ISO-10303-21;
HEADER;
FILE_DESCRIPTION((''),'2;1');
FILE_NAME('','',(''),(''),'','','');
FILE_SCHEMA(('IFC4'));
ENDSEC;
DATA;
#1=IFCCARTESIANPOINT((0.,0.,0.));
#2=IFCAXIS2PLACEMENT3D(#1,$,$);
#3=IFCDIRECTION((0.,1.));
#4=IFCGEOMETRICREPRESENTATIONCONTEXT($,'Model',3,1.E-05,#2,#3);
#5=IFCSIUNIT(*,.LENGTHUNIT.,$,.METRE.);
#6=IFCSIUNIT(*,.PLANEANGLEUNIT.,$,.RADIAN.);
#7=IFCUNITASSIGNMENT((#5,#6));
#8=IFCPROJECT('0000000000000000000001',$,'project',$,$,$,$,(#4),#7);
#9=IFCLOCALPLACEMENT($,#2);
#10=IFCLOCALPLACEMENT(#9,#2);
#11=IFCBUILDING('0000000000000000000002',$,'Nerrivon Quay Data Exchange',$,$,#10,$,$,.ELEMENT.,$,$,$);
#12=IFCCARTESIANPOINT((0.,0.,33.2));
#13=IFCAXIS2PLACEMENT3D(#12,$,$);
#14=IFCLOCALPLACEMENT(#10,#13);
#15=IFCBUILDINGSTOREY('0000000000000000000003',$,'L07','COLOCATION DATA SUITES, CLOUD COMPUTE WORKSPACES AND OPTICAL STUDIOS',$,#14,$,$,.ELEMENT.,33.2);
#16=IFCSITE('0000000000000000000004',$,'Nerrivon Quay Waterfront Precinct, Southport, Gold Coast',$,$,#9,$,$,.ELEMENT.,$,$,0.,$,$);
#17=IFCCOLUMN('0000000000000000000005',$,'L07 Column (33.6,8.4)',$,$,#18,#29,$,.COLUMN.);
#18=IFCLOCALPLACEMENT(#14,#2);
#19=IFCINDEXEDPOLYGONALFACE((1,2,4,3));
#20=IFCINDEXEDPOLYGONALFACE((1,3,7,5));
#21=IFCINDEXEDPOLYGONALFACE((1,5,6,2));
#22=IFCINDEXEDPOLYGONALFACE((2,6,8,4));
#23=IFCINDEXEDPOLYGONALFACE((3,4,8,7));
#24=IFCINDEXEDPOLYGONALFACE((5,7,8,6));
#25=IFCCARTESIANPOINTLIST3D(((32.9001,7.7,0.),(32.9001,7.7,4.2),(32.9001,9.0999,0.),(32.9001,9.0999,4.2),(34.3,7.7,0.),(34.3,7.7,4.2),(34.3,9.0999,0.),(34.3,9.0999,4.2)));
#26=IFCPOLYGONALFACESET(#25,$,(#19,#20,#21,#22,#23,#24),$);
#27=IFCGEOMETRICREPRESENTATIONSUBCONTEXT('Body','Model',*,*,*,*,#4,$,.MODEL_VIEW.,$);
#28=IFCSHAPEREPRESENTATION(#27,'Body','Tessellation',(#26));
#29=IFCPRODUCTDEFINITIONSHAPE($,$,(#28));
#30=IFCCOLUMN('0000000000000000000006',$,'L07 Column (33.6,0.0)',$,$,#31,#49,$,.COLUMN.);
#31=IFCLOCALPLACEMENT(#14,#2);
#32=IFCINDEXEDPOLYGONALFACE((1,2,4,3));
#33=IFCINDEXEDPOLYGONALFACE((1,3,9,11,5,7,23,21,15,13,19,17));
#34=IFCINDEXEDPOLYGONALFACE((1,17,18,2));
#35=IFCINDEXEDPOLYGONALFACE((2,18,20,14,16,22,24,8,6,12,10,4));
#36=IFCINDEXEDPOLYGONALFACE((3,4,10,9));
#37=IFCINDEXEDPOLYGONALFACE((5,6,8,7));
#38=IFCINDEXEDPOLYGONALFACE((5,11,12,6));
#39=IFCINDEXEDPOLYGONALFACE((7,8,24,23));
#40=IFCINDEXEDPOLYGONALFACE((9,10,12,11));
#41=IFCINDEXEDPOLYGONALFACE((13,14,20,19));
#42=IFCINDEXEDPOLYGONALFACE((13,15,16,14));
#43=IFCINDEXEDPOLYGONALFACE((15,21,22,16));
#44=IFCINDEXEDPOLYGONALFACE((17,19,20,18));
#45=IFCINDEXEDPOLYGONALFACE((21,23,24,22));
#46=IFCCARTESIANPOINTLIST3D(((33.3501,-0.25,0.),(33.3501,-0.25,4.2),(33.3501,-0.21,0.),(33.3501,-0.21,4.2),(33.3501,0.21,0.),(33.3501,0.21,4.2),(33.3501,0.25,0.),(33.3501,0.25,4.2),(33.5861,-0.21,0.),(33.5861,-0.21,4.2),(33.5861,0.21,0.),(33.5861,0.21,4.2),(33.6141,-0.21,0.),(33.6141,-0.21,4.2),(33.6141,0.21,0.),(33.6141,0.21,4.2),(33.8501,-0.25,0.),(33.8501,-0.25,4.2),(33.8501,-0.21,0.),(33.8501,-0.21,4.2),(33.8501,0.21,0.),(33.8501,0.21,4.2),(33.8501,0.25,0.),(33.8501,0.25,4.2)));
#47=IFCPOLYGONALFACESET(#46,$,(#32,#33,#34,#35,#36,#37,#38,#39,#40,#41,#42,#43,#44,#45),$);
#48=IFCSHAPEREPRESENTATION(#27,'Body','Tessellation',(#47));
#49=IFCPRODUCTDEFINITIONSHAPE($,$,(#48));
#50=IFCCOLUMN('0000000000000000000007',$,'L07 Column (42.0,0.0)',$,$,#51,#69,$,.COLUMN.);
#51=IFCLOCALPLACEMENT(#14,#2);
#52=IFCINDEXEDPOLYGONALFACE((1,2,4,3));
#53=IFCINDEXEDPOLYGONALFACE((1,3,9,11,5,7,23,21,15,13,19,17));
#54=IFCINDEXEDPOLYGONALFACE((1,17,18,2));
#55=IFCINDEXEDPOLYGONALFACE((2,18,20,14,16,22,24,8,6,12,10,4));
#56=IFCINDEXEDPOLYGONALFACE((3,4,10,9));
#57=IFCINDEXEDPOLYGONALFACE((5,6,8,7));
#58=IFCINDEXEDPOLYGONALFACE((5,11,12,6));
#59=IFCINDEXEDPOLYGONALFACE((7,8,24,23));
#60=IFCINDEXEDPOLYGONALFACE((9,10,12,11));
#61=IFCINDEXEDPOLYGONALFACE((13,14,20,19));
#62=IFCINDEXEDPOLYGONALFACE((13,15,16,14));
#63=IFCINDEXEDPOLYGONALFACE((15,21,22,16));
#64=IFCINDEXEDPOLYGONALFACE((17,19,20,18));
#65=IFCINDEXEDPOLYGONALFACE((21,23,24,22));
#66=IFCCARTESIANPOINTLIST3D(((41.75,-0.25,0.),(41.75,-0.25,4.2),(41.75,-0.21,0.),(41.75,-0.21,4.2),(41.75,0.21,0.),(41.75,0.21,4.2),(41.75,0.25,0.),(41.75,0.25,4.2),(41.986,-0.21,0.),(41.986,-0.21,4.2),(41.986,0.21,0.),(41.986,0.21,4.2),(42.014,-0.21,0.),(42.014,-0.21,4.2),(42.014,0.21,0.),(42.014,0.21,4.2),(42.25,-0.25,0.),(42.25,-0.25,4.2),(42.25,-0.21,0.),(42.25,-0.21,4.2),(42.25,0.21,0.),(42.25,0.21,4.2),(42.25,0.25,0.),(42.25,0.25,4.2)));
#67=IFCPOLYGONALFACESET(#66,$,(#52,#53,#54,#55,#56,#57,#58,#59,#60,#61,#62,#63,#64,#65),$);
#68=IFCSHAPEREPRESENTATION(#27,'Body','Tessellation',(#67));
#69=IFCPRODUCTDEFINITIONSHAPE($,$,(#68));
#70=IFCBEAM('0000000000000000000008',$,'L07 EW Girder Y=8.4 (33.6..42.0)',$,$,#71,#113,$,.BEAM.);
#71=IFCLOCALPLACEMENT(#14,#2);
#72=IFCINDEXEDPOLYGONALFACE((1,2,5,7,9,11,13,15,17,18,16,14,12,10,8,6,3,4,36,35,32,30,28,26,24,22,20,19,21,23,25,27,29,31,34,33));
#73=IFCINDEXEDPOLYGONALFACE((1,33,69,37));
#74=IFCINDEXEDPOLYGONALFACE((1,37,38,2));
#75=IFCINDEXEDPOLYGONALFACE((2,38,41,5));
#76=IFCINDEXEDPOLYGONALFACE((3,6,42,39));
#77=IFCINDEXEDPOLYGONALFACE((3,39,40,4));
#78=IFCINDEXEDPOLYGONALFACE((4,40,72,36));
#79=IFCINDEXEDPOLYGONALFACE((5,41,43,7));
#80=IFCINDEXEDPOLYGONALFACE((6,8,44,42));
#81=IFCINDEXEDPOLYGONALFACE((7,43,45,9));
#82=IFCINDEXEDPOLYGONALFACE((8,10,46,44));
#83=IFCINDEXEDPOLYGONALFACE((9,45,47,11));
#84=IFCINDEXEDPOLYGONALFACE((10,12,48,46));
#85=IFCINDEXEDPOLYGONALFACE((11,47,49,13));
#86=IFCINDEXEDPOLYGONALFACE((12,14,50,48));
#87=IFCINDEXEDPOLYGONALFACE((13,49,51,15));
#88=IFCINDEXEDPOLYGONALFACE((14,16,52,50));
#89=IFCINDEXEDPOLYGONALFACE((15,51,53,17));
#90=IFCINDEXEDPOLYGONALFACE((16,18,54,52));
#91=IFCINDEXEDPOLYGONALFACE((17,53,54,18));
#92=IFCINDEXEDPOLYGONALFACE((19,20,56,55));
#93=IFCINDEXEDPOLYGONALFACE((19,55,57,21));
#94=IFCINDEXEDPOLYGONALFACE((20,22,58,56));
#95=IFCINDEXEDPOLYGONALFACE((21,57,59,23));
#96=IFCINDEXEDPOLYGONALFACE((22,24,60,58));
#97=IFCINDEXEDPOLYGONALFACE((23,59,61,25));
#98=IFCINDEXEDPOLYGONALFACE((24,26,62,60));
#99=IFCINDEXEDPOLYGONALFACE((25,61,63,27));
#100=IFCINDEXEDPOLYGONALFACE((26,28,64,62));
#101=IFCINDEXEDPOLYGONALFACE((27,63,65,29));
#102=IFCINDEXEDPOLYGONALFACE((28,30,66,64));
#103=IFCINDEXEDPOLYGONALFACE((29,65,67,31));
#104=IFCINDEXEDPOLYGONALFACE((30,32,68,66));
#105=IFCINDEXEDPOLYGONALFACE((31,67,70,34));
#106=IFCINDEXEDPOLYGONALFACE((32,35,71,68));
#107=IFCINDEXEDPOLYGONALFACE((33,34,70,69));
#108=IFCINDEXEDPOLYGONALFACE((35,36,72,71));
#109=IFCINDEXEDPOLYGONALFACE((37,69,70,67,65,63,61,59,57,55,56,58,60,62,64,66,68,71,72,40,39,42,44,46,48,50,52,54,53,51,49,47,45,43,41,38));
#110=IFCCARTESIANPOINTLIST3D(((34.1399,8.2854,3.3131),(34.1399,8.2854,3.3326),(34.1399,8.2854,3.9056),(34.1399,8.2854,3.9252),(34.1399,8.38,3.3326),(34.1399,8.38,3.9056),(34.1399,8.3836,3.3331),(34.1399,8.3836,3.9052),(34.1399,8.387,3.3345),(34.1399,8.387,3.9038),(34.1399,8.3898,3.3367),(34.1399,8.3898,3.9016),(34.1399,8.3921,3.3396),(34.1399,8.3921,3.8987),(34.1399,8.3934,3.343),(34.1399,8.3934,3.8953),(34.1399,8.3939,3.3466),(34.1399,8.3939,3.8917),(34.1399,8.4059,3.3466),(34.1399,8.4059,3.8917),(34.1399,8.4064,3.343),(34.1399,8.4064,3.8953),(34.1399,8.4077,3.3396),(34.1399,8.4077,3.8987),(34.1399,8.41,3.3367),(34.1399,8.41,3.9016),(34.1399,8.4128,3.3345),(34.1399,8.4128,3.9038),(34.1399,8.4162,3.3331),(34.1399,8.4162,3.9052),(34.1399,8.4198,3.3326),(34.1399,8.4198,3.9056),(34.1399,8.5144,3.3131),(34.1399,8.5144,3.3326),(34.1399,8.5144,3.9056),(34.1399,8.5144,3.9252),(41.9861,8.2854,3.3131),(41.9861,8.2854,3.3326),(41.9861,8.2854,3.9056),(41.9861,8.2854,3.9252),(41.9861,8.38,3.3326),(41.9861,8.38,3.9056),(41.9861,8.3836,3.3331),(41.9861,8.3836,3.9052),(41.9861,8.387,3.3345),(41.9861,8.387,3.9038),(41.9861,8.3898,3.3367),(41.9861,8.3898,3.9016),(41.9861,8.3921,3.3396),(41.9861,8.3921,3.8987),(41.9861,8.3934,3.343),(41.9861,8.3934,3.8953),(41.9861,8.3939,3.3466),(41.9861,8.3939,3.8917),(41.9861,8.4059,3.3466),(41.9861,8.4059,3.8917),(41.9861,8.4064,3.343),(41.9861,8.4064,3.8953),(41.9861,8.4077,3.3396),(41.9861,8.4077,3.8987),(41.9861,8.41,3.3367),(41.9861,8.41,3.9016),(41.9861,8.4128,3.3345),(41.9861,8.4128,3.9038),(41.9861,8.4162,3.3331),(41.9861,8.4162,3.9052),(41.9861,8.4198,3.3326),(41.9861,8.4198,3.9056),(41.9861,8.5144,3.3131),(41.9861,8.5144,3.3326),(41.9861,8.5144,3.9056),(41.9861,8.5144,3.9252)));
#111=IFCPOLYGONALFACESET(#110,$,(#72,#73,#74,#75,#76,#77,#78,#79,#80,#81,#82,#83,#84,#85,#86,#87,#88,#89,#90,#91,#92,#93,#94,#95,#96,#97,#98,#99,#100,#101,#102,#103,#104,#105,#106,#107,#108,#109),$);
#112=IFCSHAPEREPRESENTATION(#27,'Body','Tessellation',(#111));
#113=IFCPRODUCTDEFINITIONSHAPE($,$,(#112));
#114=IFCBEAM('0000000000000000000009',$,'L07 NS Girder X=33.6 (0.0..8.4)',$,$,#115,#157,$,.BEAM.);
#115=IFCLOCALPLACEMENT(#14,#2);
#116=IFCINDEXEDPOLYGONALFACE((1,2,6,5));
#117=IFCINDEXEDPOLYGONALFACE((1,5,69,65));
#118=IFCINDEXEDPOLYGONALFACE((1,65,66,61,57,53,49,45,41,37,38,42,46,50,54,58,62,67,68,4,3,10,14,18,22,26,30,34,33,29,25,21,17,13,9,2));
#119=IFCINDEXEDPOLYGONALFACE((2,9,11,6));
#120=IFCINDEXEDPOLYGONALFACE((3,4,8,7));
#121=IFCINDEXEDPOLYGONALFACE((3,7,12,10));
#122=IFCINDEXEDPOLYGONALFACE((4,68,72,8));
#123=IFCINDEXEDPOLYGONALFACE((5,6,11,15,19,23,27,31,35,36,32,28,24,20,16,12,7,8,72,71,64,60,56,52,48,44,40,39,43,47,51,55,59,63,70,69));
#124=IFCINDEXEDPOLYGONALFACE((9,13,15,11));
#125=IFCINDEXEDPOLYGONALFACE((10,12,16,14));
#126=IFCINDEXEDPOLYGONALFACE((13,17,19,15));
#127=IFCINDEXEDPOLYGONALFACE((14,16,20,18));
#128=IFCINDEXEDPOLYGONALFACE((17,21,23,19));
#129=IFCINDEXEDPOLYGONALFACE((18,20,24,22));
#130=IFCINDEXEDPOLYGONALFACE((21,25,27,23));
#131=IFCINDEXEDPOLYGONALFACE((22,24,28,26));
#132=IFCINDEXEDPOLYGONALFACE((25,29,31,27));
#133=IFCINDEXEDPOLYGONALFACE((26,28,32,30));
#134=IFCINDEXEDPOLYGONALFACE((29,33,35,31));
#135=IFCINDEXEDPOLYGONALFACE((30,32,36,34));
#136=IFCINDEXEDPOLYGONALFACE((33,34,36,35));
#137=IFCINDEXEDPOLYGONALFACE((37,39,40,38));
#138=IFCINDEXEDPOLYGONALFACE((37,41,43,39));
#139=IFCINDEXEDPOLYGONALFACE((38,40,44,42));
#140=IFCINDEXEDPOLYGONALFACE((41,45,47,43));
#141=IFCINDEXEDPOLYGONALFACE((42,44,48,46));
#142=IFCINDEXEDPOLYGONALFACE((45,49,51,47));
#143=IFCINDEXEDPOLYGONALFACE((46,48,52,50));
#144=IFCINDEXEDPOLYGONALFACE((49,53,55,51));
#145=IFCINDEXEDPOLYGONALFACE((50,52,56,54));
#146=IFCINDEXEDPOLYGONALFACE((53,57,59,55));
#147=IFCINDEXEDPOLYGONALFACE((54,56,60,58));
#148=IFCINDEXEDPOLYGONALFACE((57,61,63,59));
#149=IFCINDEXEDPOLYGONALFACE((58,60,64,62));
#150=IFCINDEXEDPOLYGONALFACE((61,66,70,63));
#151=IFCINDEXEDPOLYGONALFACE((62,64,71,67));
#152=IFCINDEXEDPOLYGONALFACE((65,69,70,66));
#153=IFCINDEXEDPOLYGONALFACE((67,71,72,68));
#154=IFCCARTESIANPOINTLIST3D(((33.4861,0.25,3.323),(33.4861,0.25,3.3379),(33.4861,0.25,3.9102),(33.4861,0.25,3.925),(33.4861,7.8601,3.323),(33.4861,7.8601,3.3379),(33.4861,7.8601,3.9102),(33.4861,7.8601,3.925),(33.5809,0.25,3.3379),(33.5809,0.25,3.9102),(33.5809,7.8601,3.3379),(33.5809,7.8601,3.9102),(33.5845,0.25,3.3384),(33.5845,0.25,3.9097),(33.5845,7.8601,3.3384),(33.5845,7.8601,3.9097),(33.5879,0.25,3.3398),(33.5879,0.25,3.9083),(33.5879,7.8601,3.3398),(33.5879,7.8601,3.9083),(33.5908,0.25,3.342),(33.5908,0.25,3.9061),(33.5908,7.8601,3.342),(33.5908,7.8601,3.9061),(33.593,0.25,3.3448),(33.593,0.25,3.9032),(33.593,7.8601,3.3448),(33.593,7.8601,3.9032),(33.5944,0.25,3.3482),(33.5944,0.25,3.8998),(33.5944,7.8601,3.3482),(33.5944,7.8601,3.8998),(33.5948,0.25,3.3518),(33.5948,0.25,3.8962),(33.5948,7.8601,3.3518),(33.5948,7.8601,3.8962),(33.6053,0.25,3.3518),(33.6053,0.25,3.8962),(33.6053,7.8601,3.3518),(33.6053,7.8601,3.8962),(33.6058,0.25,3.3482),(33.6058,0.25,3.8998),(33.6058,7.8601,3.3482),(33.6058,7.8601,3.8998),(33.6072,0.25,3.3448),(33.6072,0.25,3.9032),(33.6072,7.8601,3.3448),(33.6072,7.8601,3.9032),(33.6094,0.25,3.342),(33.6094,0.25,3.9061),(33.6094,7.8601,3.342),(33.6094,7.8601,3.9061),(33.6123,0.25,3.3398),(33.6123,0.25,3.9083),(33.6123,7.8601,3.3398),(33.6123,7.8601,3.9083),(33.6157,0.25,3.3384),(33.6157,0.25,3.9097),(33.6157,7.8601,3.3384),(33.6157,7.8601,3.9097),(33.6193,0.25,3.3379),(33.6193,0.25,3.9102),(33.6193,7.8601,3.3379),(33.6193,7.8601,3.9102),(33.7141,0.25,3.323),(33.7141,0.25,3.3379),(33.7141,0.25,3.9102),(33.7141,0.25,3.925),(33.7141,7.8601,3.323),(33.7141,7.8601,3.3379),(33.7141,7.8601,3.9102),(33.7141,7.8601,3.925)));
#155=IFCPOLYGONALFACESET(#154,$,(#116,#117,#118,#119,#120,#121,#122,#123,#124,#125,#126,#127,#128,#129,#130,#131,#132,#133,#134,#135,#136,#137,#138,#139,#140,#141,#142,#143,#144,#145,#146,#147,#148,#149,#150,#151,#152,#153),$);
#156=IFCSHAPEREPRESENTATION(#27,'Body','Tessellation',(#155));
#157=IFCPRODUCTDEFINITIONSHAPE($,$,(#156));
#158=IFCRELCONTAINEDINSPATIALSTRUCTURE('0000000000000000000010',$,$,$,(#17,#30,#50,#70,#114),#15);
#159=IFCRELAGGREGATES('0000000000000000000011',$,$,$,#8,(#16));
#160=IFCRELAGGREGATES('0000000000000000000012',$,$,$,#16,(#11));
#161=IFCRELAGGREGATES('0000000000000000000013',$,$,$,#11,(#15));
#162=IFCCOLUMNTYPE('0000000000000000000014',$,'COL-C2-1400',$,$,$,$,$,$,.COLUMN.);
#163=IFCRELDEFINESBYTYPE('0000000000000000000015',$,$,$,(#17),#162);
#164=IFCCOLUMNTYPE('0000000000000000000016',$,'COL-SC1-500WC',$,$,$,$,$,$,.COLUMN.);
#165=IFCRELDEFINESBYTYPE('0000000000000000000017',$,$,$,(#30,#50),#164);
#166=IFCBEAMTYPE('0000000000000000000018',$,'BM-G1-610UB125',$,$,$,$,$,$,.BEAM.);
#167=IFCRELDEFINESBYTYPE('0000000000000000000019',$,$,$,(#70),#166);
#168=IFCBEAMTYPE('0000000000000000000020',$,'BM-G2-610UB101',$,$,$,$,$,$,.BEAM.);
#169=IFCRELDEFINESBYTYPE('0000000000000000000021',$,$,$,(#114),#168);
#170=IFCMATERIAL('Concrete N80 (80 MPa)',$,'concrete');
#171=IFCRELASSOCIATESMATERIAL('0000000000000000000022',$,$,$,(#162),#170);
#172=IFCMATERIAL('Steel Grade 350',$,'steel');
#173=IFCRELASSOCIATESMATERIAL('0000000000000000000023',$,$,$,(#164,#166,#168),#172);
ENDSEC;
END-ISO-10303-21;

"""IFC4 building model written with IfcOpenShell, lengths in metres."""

from ifc_helpers import new_model, si_unit, direction, frame, origin, origin_2d, place, context, subcontext, project, spatial, rectangle, i_section, extrude, material, material_profile, profile_set, type_object, element, save


model = new_model("IFC4")

# Units and contexts
model_context = context("Model", 3, precision=1e-05, world=origin(), true_north=direction((0.0, 1.0)))
body_context = subcontext(model_context, "Body", "Model", "MODEL_VIEW")
ifc_project = project(units=[si_unit("LENGTHUNIT", "METRE"), si_unit("PLANEANGLEUNIT", "RADIAN")], contexts=[model_context])

# Site, building, storey
site_placement = place(None, origin())
site = spatial("IfcSite", under=ifc_project, at=site_placement, Name="Nerrivon Quay Waterfront Precinct, Southport, Gold Coast", CompositionType="ELEMENT", RefElevation=0.0)
building_placement = place(site_placement, origin())
building = spatial("IfcBuilding", under=site, at=building_placement, Name="Nerrivon Quay Data Exchange", CompositionType="ELEMENT")
storey_placement = place(building_placement, frame((0.0, 0.0, 33.2)))
storey = spatial("IfcBuildingStorey", under=building, at=storey_placement, Name="L07", Description="COLOCATION DATA SUITES, CLOUD COMPUTE WORKSPACES AND OPTICAL STUDIOS", CompositionType="ELEMENT", Elevation=33.2)

# Columns
ifc_material_1 = material(Name="Concrete N80 (80 MPa)", Category="concrete")
ifc_material_profile_1 = material_profile(ifc_material_1, rectangle(XDim=1.3999, YDim=1.3999, at=origin_2d()), Name="RC-COL-1400x1400")
ifc_profile_set_1 = profile_set([ifc_material_profile_1], Name="Concrete N80 (80 MPa)")
column_type_1 = type_object("IfcColumnType", Name="COL-C2-1400", PredefinedType="COLUMN", material=ifc_profile_set_1)
column_placement = place(storey_placement, frame((33.6001, 8.3999, 0.0), z_axis=(0.0, 0.0, 1.0), x_axis=(1.0, 0.0, 0.0)))
element("IfcColumn", 1, at=column_placement, inside=storey, type_object=column_type_1, Name="L07 Column (33.6,8.4)", PredefinedType="COLUMN", context=body_context, shape_type="SweptSolid", body=[
    extrude(rectangle(XDim=1.3999, YDim=1.3999, at=origin_2d()), origin(), (0.0, 0.0, 1.0), 4.2),
])
ifc_material_2 = material(Name="Steel Grade 350", Category="steel")
ifc_material_profile_2 = material_profile(ifc_material_2, i_section(OverallWidth=0.5, OverallDepth=0.5, WebThickness=0.0281, FlangeThickness=0.04, at=origin_2d()), Name="500WC440")
ifc_profile_set_2 = profile_set([ifc_material_profile_2], Name="Steel Grade 350")
column_type_2 = type_object("IfcColumnType", Name="COL-SC1-500WC", PredefinedType="COLUMN", material=ifc_profile_set_2)
for number, where, z_axis, x_axis, name in (
    (2, (33.6001, 0.0, 0.0), (0.0, 0.0, 1.0), (1.0, 0.0, 0.0), "L07 Column (33.6,0.0)"),
    (3, (42.0, 0.0, 0.0), (0.0, 0.0, 1.0), (1.0, 0.0, 0.0), "L07 Column (42.0,0.0)"),
):
    element("IfcColumn", number, at=place(storey_placement, frame(where, z_axis=z_axis, x_axis=x_axis)), inside=storey, type_object=column_type_2, Name=name, PredefinedType="COLUMN", context=body_context, shape_type="SweptSolid", body=[
        extrude(i_section(OverallWidth=0.5, OverallDepth=0.5, WebThickness=0.0281, FlangeThickness=0.04, at=origin_2d()), origin(), (0.0, 0.0, 1.0), 4.2),
    ])

# Beams
ifc_material_profile_3 = material_profile(ifc_material_2, i_section(OverallWidth=0.229, OverallDepth=0.6121, WebThickness=0.012, FlangeThickness=0.0195, FilletRadius=0.0139, at=origin_2d()), Name="610UB125")
ifc_profile_set_3 = profile_set([ifc_material_profile_3], Name="Steel Grade 350")
beam_type_1 = type_object("IfcBeamType", Name="BM-G1-610UB125", PredefinedType="BEAM", material=ifc_profile_set_3)
beam_1_placement = place(storey_placement, frame((34.1399, 8.3999, 3.6191), z_axis=(1.0, 0.0, 0.0), x_axis=(0.0, 1.0, 0.0)))
element("IfcBeam", 4, at=beam_1_placement, inside=storey, type_object=beam_type_1, Name="L07 EW Girder Y=8.4 (33.6..42.0)", PredefinedType="BEAM", context=body_context, shape_type="SweptSolid", body=[
    extrude(i_section(OverallWidth=0.229, OverallDepth=0.6121, WebThickness=0.012, FlangeThickness=0.0195, FilletRadius=0.0139, at=origin_2d()), origin(), (0.0, 0.0, 1.0), 7.8462),
])
ifc_material_profile_4 = material_profile(ifc_material_2, i_section(OverallWidth=0.228, OverallDepth=0.6021, WebThickness=0.0105, FlangeThickness=0.0149, FilletRadius=0.0139, at=origin_2d()), Name="610UB101")
ifc_profile_set_4 = profile_set([ifc_material_profile_4], Name="Steel Grade 350")
beam_type_2 = type_object("IfcBeamType", Name="BM-G2-610UB101", PredefinedType="BEAM", material=ifc_profile_set_4)
beam_2_placement = place(storey_placement, frame((33.6001, 0.25, 3.624), z_axis=(0.0, 1.0, 0.0), x_axis=(-1.0, 0.0, 0.0)))
element("IfcBeam", 5, at=beam_2_placement, inside=storey, type_object=beam_type_2, Name="L07 NS Girder X=33.6 (0.0..8.4)", PredefinedType="BEAM", context=body_context, shape_type="SweptSolid", body=[
    extrude(i_section(OverallWidth=0.228, OverallDepth=0.6021, WebThickness=0.0105, FlangeThickness=0.0149, FilletRadius=0.0139, at=origin_2d()), origin(), (0.0, 0.0, 1.0), 7.6101),
])

save(model, "model.ifc")
